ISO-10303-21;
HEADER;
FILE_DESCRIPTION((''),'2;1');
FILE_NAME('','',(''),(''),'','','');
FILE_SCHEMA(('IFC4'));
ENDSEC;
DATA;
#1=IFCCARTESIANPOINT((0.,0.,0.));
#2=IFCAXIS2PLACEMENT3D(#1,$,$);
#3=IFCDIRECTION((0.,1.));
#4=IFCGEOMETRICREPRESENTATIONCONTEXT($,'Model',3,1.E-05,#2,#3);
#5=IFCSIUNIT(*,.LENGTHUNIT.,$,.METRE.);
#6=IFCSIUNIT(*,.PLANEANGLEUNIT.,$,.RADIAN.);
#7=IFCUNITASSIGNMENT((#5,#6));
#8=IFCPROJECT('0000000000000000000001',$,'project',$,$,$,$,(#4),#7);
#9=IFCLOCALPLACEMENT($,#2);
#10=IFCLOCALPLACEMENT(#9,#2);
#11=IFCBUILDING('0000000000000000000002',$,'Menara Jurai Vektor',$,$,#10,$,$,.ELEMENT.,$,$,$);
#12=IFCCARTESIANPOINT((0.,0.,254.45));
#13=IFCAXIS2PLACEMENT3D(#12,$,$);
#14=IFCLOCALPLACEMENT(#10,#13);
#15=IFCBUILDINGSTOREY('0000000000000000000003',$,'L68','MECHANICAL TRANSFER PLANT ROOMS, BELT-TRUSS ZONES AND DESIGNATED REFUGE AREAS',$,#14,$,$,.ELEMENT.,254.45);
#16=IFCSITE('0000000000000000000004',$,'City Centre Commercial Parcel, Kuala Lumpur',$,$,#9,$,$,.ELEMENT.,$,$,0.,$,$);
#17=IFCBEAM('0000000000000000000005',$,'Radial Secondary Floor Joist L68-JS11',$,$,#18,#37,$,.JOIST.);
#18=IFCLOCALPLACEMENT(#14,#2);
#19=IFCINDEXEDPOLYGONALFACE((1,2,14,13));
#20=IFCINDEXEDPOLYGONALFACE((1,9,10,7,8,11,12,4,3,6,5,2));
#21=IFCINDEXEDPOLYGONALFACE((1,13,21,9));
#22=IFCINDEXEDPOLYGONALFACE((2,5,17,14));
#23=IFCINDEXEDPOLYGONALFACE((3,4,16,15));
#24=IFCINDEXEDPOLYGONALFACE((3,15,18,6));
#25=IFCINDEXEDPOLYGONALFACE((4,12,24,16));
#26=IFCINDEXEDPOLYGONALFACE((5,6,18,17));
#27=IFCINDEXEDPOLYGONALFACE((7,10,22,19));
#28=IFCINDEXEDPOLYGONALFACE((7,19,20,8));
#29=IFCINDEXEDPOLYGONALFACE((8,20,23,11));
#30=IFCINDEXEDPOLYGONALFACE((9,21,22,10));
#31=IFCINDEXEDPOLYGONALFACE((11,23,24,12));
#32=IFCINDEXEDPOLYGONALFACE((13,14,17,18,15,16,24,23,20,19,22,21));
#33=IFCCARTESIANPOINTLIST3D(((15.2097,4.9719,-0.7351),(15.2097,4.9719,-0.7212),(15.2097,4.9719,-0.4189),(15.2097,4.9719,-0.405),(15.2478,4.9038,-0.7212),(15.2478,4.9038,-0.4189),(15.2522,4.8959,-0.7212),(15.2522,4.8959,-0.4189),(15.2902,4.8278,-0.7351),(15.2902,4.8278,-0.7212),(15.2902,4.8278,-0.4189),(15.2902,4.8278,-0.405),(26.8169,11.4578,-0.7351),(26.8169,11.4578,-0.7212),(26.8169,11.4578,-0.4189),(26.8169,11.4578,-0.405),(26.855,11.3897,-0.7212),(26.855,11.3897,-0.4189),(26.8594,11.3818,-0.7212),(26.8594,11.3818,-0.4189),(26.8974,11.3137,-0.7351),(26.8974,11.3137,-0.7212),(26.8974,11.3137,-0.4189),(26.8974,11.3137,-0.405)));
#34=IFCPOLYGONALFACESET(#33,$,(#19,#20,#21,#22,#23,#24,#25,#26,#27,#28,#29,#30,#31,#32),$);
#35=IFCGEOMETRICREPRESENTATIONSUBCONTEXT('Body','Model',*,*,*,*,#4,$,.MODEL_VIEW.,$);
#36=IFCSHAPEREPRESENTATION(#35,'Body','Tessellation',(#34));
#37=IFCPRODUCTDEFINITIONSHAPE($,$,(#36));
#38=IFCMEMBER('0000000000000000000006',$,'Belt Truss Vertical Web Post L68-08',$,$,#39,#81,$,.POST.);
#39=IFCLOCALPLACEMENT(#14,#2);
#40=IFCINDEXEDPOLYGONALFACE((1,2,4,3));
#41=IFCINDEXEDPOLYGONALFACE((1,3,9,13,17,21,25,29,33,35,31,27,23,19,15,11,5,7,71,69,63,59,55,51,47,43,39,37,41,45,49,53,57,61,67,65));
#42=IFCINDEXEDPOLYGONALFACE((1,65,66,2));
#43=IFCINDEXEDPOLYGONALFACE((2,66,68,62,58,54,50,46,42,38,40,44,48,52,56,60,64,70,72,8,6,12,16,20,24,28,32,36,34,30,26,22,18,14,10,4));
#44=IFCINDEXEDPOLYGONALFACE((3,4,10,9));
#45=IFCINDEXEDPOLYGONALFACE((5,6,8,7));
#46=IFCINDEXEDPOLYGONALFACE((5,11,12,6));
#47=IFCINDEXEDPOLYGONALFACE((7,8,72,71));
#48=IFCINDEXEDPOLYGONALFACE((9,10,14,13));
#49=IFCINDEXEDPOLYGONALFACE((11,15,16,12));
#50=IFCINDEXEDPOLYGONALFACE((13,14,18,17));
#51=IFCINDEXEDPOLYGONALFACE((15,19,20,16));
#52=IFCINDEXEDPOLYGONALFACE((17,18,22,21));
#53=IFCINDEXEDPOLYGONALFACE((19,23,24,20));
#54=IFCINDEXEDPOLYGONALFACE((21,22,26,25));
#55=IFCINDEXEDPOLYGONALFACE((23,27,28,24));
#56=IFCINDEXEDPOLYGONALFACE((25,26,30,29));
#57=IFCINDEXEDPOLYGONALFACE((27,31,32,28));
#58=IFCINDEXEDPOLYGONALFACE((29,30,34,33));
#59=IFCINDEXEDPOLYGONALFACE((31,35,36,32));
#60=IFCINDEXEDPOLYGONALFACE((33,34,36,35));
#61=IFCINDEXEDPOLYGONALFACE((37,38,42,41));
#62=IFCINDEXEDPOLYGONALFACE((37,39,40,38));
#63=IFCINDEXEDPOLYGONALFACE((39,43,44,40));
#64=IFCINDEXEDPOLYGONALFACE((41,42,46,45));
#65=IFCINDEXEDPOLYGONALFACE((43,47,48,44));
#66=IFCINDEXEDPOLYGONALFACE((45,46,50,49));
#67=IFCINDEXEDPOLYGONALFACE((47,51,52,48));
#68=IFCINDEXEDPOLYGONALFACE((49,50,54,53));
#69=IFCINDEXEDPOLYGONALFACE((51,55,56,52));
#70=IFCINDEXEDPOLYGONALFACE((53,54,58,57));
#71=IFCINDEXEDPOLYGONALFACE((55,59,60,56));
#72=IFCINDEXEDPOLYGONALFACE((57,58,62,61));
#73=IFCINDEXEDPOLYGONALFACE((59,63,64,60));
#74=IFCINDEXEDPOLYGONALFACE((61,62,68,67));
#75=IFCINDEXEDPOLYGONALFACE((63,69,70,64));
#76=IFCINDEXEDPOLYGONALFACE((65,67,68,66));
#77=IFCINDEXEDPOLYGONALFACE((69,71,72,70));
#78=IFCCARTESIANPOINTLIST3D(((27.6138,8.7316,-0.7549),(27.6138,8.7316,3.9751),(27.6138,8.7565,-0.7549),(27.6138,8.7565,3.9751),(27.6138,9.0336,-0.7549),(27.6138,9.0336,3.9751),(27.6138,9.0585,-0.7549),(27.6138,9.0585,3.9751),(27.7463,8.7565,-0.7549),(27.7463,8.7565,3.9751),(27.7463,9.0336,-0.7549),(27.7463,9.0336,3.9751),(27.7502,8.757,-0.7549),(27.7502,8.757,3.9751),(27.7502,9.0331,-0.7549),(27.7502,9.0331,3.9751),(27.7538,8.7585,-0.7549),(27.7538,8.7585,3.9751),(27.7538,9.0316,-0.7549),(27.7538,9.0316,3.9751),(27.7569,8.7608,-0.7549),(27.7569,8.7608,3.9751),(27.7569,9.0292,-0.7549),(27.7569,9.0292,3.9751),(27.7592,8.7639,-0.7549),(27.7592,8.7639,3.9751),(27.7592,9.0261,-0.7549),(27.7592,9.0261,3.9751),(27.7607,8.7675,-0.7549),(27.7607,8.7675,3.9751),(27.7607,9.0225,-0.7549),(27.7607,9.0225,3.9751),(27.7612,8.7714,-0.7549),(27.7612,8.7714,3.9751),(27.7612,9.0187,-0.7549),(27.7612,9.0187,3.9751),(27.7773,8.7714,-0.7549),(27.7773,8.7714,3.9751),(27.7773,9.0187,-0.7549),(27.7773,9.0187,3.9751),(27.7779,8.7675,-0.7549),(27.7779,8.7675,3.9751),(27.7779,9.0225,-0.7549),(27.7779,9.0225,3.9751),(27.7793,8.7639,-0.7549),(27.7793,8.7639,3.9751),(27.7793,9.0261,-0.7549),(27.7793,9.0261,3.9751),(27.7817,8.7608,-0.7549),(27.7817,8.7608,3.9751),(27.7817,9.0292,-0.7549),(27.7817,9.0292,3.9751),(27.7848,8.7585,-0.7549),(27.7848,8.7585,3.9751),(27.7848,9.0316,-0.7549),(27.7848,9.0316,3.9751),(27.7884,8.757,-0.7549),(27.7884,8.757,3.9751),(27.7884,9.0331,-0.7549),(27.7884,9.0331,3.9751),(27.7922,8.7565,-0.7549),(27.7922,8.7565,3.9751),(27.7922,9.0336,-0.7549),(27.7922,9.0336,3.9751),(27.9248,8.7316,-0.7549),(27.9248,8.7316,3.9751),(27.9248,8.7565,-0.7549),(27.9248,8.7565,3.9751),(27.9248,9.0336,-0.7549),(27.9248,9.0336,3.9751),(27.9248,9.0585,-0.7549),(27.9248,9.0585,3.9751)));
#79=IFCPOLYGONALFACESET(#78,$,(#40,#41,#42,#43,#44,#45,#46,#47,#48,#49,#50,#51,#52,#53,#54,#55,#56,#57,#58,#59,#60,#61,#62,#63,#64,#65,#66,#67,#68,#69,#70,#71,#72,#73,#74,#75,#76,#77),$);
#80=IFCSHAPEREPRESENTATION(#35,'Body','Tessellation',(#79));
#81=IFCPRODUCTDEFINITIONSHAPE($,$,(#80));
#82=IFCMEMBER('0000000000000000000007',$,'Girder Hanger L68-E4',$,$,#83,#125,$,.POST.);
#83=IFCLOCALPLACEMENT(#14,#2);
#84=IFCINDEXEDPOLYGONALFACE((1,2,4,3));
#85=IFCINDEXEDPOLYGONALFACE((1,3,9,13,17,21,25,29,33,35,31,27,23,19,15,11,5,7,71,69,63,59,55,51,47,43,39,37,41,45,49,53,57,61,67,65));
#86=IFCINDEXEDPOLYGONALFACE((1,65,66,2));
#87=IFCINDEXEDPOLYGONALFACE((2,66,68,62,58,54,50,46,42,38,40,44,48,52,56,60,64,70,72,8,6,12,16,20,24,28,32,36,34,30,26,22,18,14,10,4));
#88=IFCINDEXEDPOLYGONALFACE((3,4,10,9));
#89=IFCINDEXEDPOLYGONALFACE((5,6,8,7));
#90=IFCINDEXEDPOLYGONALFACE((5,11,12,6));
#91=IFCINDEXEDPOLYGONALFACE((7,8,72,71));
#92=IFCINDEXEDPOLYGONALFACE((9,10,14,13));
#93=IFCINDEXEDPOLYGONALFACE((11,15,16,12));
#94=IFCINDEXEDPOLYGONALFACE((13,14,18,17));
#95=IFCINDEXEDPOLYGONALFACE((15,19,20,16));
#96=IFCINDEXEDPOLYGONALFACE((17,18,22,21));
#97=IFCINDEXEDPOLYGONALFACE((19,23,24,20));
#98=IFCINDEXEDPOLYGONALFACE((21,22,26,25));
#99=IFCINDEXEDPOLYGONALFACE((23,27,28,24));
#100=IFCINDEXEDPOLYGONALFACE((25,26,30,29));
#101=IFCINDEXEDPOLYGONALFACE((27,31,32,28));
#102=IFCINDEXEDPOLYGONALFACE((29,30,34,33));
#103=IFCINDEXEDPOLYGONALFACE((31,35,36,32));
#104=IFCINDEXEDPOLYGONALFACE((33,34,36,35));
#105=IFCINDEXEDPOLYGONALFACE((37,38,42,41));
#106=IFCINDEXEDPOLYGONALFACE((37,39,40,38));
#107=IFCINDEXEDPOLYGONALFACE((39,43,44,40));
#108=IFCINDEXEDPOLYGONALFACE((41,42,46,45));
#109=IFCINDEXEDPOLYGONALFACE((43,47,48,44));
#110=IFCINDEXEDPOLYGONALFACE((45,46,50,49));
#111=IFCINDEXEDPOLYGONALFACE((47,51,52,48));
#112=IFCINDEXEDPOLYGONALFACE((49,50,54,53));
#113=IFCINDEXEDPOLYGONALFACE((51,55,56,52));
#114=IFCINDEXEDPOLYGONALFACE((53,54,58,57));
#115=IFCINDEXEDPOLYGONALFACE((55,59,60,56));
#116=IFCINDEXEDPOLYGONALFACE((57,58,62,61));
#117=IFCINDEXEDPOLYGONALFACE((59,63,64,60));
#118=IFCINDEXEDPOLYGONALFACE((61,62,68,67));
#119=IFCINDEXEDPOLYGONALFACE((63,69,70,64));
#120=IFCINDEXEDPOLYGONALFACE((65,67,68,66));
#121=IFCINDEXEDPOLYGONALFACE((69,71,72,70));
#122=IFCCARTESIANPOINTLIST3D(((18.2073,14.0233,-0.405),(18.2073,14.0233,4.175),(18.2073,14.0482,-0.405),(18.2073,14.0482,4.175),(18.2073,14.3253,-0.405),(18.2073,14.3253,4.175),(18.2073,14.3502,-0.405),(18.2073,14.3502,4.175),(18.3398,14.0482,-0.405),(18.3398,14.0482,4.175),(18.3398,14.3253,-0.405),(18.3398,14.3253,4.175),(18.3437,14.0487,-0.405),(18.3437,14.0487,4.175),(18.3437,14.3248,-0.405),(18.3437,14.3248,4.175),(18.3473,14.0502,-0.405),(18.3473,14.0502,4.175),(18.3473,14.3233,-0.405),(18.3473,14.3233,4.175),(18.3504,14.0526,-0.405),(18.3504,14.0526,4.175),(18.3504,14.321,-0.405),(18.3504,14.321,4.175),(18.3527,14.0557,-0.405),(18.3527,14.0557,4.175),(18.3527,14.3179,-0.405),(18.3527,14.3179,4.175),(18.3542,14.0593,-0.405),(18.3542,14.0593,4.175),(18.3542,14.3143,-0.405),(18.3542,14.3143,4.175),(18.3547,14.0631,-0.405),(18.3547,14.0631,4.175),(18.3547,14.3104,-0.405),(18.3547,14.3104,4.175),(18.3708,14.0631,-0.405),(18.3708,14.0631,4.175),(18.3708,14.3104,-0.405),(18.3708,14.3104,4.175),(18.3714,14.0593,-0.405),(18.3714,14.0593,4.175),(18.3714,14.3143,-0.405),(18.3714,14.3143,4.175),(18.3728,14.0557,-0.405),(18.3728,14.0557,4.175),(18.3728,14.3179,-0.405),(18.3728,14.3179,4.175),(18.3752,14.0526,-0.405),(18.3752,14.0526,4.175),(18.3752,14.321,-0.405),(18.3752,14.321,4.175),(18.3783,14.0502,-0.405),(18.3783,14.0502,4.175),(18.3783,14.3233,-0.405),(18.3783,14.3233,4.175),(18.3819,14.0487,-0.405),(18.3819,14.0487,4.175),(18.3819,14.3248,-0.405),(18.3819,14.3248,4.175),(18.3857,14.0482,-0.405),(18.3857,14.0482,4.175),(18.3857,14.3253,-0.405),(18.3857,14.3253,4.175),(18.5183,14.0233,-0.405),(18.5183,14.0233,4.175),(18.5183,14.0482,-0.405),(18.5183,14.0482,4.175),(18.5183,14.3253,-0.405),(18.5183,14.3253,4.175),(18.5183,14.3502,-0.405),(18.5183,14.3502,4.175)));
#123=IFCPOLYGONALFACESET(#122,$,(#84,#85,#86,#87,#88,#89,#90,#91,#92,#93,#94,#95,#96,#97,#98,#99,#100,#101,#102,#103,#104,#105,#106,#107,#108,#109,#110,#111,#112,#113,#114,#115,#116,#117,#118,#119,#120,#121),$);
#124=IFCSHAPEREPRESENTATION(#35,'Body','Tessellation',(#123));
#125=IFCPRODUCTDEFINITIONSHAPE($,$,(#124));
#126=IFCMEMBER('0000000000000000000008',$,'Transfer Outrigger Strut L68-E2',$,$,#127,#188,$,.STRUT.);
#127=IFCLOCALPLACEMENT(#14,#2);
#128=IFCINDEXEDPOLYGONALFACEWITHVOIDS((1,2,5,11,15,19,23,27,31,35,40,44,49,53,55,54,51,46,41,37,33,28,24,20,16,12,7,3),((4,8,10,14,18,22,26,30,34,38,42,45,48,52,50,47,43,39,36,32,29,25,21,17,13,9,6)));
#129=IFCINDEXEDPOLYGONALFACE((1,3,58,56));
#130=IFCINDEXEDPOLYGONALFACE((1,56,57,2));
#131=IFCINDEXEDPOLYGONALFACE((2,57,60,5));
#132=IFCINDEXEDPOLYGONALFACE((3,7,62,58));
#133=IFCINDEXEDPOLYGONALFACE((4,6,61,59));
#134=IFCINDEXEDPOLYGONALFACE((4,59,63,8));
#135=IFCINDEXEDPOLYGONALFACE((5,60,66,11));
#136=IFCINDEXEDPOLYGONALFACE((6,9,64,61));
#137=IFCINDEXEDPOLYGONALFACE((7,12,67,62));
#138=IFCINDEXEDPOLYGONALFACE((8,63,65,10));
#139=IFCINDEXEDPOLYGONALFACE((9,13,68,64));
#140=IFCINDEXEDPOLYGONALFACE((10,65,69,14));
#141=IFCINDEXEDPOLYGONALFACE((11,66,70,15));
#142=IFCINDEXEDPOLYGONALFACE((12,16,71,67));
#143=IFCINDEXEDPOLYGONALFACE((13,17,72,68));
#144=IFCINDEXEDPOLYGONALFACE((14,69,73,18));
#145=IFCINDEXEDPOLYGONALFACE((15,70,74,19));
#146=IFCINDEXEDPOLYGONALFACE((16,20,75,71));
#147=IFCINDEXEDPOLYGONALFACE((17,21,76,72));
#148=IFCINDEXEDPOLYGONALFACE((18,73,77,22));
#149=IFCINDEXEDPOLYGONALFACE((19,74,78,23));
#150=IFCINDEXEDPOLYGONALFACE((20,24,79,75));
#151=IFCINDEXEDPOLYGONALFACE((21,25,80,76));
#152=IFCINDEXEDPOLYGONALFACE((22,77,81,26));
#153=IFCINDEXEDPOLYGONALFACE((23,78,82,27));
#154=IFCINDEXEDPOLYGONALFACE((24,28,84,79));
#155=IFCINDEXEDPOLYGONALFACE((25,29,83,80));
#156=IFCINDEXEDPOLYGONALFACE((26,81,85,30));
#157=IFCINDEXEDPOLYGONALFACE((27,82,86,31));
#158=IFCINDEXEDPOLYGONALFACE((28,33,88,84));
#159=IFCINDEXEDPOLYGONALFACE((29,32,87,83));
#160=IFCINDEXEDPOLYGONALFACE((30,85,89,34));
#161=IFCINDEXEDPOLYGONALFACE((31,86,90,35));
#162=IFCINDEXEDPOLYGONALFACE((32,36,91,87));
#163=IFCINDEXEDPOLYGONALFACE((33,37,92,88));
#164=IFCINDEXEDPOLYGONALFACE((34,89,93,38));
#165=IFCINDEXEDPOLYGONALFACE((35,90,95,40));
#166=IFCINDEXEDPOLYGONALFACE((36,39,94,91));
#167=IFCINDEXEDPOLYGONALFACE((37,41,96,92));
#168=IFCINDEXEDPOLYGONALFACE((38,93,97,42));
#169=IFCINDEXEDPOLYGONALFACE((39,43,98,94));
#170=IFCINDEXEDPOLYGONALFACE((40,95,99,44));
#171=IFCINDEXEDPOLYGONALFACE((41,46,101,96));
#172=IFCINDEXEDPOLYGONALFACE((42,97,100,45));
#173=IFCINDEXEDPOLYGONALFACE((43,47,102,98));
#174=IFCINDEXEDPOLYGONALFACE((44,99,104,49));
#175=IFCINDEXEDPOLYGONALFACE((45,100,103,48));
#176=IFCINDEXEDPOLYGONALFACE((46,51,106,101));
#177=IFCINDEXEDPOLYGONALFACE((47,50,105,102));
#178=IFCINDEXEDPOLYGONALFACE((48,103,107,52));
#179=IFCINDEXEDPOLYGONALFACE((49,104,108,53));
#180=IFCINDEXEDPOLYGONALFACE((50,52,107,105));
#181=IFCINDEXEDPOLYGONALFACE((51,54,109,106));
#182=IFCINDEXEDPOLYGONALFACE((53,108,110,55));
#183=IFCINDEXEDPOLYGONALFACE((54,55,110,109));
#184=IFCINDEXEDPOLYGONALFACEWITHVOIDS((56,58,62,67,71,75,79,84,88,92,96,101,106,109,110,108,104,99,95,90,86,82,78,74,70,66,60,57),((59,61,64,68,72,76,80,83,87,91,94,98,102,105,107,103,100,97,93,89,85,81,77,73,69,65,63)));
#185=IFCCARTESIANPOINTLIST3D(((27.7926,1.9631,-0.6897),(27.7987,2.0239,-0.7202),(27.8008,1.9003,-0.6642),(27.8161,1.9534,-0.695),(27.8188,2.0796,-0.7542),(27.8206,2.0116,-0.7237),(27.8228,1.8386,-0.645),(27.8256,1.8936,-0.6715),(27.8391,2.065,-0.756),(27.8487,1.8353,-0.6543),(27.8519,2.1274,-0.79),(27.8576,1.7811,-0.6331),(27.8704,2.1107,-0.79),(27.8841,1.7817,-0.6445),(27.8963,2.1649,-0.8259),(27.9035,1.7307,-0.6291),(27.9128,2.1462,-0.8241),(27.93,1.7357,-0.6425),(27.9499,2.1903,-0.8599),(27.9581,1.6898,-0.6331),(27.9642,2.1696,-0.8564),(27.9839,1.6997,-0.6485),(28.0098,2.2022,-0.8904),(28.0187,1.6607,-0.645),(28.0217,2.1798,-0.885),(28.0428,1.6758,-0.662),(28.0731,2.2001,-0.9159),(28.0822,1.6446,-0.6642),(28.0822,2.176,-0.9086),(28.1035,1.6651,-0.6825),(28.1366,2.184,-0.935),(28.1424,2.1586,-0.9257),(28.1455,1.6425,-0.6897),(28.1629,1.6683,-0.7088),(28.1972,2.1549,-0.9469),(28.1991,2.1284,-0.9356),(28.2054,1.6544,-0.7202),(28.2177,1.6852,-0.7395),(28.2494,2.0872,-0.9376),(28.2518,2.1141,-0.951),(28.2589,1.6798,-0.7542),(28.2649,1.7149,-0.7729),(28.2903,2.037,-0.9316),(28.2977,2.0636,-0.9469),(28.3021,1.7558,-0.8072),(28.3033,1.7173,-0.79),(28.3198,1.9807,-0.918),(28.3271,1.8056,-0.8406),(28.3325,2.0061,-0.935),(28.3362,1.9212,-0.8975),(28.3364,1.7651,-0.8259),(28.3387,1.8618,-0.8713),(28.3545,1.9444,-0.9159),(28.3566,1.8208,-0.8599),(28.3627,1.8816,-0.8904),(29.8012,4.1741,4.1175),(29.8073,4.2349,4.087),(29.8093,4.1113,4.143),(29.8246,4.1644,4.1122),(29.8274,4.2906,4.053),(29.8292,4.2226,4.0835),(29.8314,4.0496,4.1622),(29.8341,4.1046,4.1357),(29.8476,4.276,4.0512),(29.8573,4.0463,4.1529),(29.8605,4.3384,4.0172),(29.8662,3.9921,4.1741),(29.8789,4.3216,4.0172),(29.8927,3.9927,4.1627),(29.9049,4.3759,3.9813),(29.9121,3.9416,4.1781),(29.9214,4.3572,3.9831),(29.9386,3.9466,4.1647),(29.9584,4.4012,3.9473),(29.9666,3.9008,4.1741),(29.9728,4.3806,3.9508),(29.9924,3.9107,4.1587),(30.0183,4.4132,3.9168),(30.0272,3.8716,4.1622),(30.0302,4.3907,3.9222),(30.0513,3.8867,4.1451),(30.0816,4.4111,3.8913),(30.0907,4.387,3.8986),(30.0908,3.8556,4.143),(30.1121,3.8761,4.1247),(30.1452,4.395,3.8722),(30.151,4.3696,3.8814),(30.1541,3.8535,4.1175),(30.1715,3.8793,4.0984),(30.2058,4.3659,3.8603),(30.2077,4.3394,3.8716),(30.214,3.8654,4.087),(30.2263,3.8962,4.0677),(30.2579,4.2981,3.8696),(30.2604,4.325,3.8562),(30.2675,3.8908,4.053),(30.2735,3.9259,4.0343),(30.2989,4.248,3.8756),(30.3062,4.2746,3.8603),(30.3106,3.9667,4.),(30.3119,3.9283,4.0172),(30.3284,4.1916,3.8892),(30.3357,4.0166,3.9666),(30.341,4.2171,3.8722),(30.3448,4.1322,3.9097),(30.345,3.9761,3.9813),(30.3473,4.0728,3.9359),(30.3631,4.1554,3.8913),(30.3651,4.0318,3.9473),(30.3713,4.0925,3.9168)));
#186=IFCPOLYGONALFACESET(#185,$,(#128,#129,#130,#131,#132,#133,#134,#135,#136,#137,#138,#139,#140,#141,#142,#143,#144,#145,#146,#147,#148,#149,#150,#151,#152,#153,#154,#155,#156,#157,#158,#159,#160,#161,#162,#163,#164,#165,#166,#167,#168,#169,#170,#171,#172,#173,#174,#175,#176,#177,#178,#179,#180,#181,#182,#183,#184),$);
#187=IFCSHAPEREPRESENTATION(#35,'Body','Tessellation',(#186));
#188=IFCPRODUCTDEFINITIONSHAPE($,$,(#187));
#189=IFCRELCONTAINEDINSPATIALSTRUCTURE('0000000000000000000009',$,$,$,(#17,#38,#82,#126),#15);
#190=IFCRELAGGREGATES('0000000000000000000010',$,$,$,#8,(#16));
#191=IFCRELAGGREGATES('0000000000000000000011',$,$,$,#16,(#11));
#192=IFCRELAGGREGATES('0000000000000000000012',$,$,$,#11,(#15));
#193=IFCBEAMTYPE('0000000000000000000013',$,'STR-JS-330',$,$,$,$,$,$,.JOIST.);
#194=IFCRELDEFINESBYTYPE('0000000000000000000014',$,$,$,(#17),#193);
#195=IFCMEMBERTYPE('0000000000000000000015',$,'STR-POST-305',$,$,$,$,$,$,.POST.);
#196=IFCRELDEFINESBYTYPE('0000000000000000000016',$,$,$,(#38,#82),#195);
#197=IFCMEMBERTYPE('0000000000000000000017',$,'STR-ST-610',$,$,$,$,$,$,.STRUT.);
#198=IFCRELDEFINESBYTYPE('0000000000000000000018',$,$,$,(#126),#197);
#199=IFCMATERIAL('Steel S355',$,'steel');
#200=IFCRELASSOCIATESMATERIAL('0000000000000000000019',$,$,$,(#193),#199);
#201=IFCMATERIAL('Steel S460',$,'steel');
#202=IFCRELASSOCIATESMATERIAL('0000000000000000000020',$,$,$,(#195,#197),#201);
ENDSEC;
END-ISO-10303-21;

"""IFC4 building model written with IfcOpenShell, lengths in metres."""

from ifc_helpers import new_model, si_unit, direction, frame, origin, origin_2d, place, context, subcontext, project, spatial, hollow_circle, i_section, extrude, material, material_profile, profile_set, type_object, element, save


model = new_model("IFC4")

# Units and contexts
model_context = context("Model", 3, precision=1e-05, world=origin(), true_north=direction((0.0, 1.0)))
body_context = subcontext(model_context, "Body", "Model", "MODEL_VIEW")
ifc_project = project(units=[si_unit("LENGTHUNIT", "METRE"), si_unit("PLANEANGLEUNIT", "RADIAN")], contexts=[model_context])

# Site, building, storey
site_placement = place(None, origin())
site = spatial("IfcSite", under=ifc_project, at=site_placement, Name="City Centre Commercial Parcel, Kuala Lumpur", CompositionType="ELEMENT", RefElevation=0.0)
building_placement = place(site_placement, origin())
building = spatial("IfcBuilding", under=site, at=building_placement, Name="Menara Jurai Vektor", CompositionType="ELEMENT")
storey_placement = place(building_placement, frame((0.0, 0.0, 254.45)))
storey = spatial("IfcBuildingStorey", under=building, at=storey_placement, Name="L68", Description="MECHANICAL TRANSFER PLANT ROOMS, BELT-TRUSS ZONES AND DESIGNATED REFUGE AREAS", CompositionType="ELEMENT", Elevation=254.45)

# Shared definitions
ifc_material_1 = material(Name="Steel S460", Category="steel")

# Beam
ifc_material_2 = material(Name="Steel S355", Category="steel")
ifc_material_profile_1 = material_profile(ifc_material_2, i_section(OverallWidth=0.165, OverallDepth=0.3301, WebThickness=0.009, FlangeThickness=0.0139, at=origin_2d()), Name="PG 330x165x46")
ifc_profile_set_1 = profile_set([ifc_material_profile_1], Name="Steel S355")
beam_type_1 = type_object("IfcBeamType", Name="STR-JS-330", PredefinedType="JOIST", material=ifc_profile_set_1)
beam_1_placement = place(storey_placement, frame((26.8572, 11.3857, -0.5701), z_axis=(-0.87296, -0.487791, 0.0), x_axis=(0.487791, -0.87296, 0.0)))
element("IfcBeam", 1, at=beam_1_placement, inside=storey, type_object=beam_type_1, Name="Radial Secondary Floor Joist L68-JS11", PredefinedType="JOIST", context=body_context, shape_type="SweptSolid", body=[
    extrude(i_section(OverallWidth=0.165, OverallDepth=0.3301, WebThickness=0.009, FlangeThickness=0.0139, at=origin_2d()), origin(), (0.0, 0.0, 1.0), 13.2964),
])

# Members
ifc_material_profile_2 = material_profile(ifc_material_1, i_section(OverallWidth=0.311, OverallDepth=0.3269, WebThickness=0.0161, FlangeThickness=0.0249, FilletRadius=0.0149, at=origin_2d()), Name="UKC 305x305x158")
ifc_profile_set_2 = profile_set([ifc_material_profile_2], Name="Steel S460")
member_type_1 = type_object("IfcMemberType", Name="STR-POST-305", PredefinedType="POST", material=ifc_profile_set_2)
member_1_placement = place(storey_placement, frame((27.7693, 8.895, -0.7549), z_axis=(0.0, 0.0, 1.0), x_axis=(1.0, 0.0, 0.0)))
element("IfcMember", 2, at=member_1_placement, inside=storey, type_object=member_type_1, Name="Belt Truss Vertical Web Post L68-08", PredefinedType="POST", context=body_context, shape_type="SweptSolid", body=[
    extrude(i_section(OverallWidth=0.311, OverallDepth=0.3269, WebThickness=0.0161, FlangeThickness=0.0249, FilletRadius=0.0149, at=origin_2d()), origin(), (0.0, 0.0, 1.0), 4.73),
])
member_2_placement = place(storey_placement, frame((18.3628, 14.1868, -0.405), z_axis=(0.0, 0.0, 1.0), x_axis=(1.0, 0.0, 0.0)))
element("IfcMember", 3, at=member_2_placement, inside=storey, type_object=member_type_1, Name="Girder Hanger L68-E4", PredefinedType="POST", context=body_context, shape_type="SweptSolid", body=[
    extrude(i_section(OverallWidth=0.311, OverallDepth=0.3269, WebThickness=0.0161, FlangeThickness=0.0249, FilletRadius=0.0149, at=origin_2d()), origin(), (0.0, 0.0, 1.0), 4.5801),
])
ifc_material_profile_3 = material_profile(ifc_material_1, hollow_circle(Radius=0.3049, WallThickness=0.0249, at=origin_2d()), Name="CHS 610x25")
ifc_profile_set_3 = profile_set([ifc_material_profile_3], Name="Steel S460")
member_type_2 = type_object("IfcMemberType", Name="STR-ST-610", PredefinedType="STRUT", material=ifc_profile_set_3)
member_3_placement = place(storey_placement, frame((28.0776, 1.9224, -0.79), z_axis=(0.354892, 0.390653, 0.849377), x_axis=(-0.740173, 0.672416, 0.0)))
element("IfcMember", 4, at=member_3_placement, inside=storey, type_object=member_type_2, Name="Transfer Outrigger Strut L68-E2", PredefinedType="STRUT", context=body_context, shape_type="SweptSolid", body=[
    extrude(hollow_circle(Radius=0.3049, WallThickness=0.0249, at=origin_2d()), origin(), (0.0, 0.0, 1.0), 5.6597),
])

save(model, "model.ifc")
